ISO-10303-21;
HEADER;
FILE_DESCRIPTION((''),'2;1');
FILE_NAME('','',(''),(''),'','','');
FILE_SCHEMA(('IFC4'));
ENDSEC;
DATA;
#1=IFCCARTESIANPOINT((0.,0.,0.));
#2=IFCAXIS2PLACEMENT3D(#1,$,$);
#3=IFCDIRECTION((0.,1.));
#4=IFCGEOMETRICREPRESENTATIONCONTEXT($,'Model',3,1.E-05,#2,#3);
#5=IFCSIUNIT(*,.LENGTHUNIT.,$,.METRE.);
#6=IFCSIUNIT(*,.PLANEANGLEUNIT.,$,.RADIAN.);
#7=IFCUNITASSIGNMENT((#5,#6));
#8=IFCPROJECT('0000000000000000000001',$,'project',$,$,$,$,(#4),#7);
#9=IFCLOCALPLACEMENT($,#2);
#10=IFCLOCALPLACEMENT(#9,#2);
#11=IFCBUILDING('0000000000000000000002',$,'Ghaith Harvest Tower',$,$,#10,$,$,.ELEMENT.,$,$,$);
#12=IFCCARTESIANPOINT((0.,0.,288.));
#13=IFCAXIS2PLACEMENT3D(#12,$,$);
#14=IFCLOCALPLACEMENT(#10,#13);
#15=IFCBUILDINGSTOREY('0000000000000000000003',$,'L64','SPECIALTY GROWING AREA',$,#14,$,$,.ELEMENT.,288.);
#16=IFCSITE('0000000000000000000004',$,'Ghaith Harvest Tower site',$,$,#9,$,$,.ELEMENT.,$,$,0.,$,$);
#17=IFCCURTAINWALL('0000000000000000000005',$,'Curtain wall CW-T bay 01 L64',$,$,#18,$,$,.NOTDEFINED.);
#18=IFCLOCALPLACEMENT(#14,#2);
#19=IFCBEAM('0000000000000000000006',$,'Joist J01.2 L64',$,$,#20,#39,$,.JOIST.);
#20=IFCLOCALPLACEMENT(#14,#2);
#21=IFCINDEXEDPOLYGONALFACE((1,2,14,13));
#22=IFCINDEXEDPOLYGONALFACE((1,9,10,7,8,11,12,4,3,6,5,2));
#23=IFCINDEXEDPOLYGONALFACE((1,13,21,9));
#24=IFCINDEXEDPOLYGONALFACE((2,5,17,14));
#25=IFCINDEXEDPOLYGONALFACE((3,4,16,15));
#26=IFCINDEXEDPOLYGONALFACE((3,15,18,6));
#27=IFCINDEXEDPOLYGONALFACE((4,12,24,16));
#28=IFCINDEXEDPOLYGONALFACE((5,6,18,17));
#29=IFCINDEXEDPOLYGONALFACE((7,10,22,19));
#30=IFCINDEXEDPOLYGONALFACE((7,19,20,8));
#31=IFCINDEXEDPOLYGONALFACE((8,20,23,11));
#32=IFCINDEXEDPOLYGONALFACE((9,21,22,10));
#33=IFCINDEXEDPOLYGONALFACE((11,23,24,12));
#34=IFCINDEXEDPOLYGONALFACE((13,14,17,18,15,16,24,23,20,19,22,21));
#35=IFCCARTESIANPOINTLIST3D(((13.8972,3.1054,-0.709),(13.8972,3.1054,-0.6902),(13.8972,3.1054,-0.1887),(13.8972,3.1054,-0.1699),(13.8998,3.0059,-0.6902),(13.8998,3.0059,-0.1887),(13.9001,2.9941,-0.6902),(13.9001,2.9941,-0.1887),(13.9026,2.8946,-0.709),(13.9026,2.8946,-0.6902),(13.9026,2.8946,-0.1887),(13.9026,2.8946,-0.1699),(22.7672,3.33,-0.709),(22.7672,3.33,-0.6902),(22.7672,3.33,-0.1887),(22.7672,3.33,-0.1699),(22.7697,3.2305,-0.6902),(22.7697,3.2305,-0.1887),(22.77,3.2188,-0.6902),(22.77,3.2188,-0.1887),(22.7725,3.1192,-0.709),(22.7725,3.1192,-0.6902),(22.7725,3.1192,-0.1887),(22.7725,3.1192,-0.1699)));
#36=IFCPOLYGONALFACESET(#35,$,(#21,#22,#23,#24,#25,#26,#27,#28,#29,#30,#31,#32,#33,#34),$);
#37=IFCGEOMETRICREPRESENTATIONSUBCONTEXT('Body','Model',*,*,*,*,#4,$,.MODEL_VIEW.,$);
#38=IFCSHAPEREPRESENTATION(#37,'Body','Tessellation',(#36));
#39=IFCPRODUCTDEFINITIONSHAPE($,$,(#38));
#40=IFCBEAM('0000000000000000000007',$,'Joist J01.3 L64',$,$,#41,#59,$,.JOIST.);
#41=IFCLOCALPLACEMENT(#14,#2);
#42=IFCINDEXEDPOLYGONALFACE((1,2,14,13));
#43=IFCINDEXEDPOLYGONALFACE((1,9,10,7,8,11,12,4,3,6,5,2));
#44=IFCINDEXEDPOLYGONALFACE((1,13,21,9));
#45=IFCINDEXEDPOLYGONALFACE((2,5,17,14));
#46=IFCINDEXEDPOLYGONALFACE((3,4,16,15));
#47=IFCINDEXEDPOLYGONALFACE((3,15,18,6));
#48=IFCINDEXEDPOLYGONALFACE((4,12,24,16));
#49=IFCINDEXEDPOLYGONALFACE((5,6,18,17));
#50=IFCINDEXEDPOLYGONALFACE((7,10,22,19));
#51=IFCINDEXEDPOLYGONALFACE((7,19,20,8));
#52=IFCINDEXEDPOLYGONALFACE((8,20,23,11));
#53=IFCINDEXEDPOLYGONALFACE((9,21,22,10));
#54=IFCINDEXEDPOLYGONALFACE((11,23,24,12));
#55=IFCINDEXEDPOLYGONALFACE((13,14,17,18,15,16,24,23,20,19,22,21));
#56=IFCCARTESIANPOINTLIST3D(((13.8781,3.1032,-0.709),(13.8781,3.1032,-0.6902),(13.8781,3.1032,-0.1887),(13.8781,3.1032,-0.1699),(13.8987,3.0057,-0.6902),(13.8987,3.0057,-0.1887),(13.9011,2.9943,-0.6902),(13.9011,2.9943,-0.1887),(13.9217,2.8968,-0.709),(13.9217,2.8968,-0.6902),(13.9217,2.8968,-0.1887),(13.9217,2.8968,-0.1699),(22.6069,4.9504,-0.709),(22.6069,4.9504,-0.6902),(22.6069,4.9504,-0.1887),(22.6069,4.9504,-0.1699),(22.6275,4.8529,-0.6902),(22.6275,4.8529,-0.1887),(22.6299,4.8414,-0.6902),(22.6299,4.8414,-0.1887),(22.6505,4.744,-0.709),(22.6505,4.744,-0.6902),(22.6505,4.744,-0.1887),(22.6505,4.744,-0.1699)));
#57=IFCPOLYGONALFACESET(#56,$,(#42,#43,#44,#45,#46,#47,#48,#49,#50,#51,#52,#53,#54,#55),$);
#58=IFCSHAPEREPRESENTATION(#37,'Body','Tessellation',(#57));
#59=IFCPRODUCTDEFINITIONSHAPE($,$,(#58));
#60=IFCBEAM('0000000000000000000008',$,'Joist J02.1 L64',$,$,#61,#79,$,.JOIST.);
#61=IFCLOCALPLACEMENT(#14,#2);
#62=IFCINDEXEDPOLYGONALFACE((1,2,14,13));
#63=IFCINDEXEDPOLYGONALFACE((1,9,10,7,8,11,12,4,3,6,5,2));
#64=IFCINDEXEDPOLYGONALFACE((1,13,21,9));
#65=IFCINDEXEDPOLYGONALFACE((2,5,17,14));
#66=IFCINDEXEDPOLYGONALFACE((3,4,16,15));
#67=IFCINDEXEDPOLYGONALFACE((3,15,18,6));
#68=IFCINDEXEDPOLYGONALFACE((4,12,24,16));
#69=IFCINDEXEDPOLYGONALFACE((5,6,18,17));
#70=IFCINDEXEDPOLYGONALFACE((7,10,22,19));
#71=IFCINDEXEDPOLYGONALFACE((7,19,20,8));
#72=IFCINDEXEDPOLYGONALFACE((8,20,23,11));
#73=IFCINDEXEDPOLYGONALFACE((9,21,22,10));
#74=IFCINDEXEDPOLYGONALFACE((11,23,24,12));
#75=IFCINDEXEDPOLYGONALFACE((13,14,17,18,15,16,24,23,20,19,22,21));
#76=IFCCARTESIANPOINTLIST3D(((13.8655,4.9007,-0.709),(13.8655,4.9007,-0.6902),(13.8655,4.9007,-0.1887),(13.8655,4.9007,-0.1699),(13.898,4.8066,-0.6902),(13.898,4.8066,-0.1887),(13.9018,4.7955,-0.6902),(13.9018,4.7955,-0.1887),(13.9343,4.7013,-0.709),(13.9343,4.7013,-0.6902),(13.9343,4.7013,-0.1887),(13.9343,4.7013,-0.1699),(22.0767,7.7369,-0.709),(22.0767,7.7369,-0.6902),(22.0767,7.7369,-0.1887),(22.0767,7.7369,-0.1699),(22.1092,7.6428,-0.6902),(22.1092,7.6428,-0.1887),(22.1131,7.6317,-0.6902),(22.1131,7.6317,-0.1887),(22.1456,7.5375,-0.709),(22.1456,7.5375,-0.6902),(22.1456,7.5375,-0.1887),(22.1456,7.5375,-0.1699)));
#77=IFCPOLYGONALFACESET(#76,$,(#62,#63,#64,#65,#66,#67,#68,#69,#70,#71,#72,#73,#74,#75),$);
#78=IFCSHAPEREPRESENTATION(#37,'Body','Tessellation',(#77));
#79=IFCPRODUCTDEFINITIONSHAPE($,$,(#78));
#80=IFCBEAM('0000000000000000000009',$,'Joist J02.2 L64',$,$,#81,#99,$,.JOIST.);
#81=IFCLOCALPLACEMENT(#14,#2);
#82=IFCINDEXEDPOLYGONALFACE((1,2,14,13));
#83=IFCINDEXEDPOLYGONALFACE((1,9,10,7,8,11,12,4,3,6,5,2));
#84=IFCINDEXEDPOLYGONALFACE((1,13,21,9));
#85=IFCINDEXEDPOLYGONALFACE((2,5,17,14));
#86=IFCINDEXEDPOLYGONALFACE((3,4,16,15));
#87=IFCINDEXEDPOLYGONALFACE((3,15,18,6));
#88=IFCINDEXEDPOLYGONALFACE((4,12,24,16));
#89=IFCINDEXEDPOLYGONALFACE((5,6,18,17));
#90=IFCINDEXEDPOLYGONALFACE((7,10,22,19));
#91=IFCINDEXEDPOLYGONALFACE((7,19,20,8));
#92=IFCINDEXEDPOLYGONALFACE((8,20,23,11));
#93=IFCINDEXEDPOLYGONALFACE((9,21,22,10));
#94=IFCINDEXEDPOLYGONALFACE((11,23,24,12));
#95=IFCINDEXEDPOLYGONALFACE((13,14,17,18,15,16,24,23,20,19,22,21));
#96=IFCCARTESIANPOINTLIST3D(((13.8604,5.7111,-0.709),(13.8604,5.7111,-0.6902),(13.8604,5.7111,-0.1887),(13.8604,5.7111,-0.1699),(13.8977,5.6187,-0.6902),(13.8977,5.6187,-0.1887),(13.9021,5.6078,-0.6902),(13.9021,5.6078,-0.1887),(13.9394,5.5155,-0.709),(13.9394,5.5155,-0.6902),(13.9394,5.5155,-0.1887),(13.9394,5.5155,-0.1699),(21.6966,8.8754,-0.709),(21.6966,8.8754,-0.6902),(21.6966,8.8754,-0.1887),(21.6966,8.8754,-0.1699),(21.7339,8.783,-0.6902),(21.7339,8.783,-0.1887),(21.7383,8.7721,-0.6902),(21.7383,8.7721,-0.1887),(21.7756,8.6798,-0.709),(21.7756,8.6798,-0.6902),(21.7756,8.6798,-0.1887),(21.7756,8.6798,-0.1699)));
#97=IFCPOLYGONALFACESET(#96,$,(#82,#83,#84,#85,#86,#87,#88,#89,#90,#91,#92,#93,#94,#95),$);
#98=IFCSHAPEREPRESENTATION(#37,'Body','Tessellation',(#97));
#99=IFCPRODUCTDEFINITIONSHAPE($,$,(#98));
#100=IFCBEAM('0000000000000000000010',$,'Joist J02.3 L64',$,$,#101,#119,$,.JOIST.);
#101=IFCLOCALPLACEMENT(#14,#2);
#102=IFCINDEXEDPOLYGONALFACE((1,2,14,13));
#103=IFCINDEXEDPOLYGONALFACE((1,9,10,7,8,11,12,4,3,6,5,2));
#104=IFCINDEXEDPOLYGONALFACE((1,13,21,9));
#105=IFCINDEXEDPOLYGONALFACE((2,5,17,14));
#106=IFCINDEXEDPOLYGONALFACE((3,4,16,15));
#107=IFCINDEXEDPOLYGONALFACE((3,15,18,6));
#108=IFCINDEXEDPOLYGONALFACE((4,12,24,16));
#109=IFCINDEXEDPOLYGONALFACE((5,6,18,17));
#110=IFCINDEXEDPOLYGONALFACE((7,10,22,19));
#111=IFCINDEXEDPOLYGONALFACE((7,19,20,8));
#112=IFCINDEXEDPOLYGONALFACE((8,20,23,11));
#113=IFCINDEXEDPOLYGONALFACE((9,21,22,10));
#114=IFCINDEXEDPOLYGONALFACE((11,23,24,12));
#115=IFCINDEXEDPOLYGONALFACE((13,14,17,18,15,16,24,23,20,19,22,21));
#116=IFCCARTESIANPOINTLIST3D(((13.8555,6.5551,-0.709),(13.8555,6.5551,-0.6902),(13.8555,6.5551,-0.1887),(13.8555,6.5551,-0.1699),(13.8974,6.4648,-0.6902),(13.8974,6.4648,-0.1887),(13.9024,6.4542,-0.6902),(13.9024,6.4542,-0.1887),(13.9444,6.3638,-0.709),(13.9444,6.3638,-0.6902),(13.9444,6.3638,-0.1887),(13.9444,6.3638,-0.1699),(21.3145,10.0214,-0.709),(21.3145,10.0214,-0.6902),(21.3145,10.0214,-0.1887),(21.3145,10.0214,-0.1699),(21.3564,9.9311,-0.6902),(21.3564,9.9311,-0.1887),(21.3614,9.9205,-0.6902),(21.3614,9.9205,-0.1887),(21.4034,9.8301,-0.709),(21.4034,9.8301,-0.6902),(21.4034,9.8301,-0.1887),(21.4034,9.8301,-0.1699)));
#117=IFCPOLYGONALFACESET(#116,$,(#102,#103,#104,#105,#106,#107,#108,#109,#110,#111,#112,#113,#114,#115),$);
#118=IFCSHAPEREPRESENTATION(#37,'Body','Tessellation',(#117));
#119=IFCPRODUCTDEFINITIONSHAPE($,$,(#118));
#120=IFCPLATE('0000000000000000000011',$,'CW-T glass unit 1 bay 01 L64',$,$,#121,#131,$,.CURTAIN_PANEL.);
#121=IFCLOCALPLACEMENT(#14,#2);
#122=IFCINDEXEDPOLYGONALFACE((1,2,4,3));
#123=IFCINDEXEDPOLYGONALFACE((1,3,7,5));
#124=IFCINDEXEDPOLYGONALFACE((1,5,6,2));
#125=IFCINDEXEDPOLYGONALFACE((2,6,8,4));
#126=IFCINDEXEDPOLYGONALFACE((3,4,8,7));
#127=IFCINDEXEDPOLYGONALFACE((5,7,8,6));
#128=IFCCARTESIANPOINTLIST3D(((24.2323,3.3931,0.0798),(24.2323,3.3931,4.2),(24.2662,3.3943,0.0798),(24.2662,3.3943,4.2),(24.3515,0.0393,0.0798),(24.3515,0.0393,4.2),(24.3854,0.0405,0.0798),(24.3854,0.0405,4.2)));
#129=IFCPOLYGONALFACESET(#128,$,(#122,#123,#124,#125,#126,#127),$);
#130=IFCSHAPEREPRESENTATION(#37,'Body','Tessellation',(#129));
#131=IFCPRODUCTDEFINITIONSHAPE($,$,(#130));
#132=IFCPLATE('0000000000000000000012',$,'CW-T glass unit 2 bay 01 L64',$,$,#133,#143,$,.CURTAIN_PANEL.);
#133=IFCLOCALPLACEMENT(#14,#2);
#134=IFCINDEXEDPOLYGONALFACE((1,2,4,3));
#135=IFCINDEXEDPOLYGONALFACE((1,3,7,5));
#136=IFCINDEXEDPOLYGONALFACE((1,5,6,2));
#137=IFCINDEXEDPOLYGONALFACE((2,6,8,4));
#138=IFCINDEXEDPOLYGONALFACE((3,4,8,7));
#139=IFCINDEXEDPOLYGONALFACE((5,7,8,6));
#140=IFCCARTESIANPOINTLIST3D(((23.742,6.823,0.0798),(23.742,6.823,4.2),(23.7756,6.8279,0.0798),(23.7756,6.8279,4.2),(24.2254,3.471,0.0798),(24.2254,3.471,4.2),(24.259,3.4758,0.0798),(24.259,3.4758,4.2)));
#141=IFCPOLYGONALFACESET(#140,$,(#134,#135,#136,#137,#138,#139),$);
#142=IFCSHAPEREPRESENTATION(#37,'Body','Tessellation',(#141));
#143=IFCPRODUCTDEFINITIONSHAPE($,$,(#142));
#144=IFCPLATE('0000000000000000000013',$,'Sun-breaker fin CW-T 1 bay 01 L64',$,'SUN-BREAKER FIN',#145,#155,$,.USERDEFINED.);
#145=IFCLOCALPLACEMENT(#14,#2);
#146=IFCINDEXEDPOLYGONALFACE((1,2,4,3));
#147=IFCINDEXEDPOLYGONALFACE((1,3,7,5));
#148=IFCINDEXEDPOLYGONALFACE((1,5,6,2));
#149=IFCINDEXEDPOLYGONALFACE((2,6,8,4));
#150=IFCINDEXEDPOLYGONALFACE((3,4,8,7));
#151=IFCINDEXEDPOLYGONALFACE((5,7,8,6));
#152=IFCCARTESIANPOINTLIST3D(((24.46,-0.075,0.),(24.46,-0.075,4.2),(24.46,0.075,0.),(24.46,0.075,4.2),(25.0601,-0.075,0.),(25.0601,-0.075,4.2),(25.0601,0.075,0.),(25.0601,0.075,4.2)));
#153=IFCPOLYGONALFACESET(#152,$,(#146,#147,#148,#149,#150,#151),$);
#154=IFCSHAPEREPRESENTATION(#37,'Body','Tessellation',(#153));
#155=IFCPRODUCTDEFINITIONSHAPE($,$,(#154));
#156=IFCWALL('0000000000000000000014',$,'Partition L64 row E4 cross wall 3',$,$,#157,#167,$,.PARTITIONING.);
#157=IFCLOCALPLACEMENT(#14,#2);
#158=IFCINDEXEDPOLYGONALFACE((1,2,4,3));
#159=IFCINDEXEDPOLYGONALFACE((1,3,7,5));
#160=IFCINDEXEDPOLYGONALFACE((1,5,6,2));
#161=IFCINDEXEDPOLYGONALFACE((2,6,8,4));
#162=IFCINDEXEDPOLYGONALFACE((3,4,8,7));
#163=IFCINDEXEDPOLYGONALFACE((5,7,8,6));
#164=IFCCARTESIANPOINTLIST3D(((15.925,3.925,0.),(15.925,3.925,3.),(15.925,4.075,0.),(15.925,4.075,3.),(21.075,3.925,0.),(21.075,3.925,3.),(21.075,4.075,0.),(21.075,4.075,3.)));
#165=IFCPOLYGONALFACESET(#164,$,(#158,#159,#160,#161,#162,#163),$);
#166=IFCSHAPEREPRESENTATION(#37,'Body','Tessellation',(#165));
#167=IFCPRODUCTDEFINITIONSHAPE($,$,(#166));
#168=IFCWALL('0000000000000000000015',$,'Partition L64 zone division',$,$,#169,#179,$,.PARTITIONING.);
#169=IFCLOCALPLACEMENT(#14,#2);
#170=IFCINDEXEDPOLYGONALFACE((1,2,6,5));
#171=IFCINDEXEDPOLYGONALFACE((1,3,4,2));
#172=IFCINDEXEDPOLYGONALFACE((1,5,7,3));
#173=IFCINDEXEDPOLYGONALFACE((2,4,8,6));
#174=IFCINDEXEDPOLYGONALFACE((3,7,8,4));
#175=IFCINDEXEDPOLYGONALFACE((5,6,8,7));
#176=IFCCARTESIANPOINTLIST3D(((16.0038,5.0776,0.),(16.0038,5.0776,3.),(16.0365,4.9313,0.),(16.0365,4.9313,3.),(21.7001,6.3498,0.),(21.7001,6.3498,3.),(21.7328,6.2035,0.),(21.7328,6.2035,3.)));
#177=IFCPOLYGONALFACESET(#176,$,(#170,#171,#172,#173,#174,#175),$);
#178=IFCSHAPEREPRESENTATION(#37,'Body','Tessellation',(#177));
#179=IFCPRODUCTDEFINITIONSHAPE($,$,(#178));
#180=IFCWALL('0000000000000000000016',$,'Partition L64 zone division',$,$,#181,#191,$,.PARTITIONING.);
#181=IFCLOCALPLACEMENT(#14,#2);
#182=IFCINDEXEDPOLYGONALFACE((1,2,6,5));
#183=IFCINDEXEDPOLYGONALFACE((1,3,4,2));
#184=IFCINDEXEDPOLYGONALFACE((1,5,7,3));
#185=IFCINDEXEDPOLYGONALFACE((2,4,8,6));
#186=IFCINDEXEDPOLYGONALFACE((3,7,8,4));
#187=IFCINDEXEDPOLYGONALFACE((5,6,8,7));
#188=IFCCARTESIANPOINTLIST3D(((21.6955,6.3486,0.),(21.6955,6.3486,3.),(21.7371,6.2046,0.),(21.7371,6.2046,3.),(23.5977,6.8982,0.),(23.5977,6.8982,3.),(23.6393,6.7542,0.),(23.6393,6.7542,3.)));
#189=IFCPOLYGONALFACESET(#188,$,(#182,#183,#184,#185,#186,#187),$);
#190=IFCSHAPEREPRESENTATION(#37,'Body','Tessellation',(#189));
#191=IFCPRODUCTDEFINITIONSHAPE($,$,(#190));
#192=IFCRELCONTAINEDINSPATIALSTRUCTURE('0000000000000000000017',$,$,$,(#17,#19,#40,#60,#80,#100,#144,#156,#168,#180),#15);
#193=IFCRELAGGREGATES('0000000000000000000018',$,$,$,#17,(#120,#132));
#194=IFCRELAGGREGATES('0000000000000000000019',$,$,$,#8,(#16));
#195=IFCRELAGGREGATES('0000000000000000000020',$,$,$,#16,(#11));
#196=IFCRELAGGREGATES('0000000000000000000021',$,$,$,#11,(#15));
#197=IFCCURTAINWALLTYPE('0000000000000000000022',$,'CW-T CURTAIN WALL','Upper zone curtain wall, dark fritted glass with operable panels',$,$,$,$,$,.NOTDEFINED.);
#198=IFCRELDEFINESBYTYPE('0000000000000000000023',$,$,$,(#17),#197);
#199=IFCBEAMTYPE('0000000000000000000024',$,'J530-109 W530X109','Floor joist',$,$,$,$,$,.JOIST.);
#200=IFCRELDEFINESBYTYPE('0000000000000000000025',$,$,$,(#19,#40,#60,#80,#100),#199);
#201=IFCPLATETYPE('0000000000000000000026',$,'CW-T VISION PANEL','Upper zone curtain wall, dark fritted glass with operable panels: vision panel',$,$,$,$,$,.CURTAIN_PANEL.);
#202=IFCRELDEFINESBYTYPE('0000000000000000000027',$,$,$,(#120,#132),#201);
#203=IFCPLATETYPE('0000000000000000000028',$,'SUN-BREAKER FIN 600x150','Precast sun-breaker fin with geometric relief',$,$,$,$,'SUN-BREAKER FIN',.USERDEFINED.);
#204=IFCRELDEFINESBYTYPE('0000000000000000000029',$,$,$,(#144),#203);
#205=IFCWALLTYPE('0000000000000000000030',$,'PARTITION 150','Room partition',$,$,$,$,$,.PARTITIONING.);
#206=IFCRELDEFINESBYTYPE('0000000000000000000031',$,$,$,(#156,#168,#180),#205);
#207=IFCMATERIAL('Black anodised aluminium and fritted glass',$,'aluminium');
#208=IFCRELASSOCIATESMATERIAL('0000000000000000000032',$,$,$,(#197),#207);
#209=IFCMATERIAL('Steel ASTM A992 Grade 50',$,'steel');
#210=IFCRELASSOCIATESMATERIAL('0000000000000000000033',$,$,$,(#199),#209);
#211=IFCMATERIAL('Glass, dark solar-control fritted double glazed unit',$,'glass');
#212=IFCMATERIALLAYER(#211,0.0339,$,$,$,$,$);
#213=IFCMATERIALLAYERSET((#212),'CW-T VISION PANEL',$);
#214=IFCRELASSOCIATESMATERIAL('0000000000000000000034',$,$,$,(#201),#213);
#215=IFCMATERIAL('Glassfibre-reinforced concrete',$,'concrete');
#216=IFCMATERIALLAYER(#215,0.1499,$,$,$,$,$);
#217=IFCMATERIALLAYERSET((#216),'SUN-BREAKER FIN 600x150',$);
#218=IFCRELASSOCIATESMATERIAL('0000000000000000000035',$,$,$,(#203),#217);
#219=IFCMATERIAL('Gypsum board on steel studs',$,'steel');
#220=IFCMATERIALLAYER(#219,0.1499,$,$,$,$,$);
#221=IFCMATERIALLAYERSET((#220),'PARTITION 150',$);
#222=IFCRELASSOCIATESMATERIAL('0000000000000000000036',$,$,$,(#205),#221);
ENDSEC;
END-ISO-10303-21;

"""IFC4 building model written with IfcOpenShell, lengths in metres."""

from ifc_helpers import new_model, si_unit, direction, frame, frame_2d, origin, origin_2d, place, context, subcontext, project, spatial, rectangle, i_section, extrude, material, layer, layer_set, material_profile, profile_set, type_object, element, aggregate, save


model = new_model("IFC4")

# Units and contexts
model_context = context("Model", 3, precision=1e-05, world=origin(), true_north=direction((0.0, 1.0)))
body_context = subcontext(model_context, "Body", "Model", "MODEL_VIEW")
ifc_project = project(units=[si_unit("LENGTHUNIT", "METRE"), si_unit("PLANEANGLEUNIT", "RADIAN")], contexts=[model_context])

# Site, building, storey
site_placement = place(None, origin())
site = spatial("IfcSite", under=ifc_project, at=site_placement, Name="Ghaith Harvest Tower site", CompositionType="ELEMENT", RefElevation=0.0)
building_placement = place(site_placement, origin())
building = spatial("IfcBuilding", under=site, at=building_placement, Name="Ghaith Harvest Tower", CompositionType="ELEMENT")
storey_placement = place(building_placement, frame((0.0, 0.0, 288.0)))
storey = spatial("IfcBuildingStorey", under=building, at=storey_placement, Name="L64", Description="SPECIALTY GROWING AREA", CompositionType="ELEMENT", Elevation=288.0)

# Curtain wall
ifc_material_1 = material(Name="Black anodised aluminium and fritted glass", Category="aluminium")
curtain_wall_type = type_object("IfcCurtainWallType", Name="CW-T CURTAIN WALL", Description="Upper zone curtain wall, dark fritted glass with operable panels", PredefinedType="NOTDEFINED", material=ifc_material_1)
curtain_wall_placement = place(storey_placement, origin())
curtain_wall = element("IfcCurtainWall", 1, at=curtain_wall_placement, inside=storey, type_object=curtain_wall_type, Name="Curtain wall CW-T bay 01 L64", PredefinedType="NOTDEFINED")

# Beams
ifc_material_2 = material(Name="Steel ASTM A992 Grade 50", Category="steel")
ifc_material_profile_1 = material_profile(ifc_material_2, i_section(OverallWidth=0.2109, OverallDepth=0.5391, WebThickness=0.0117, FlangeThickness=0.0188, at=origin_2d()), Name="W530X109")
ifc_profile_set_1 = profile_set([ifc_material_profile_1], Name="Steel ASTM A992 Grade 50")
beam_type_1 = type_object("IfcBeamType", Name="J530-109 W530X109", Description="Floor joist", PredefinedType="JOIST", material=ifc_profile_set_1)
beam_1_placement = place(storey_placement, frame((13.8999, 3.0, -0.4395), z_axis=(0.99968, 0.025315, 0.0), x_axis=(-0.025315, 0.99968, 0.0)))
element("IfcBeam", 2, at=beam_1_placement, inside=storey, type_object=beam_type_1, Name="Joist J01.2 L64", PredefinedType="JOIST", context=body_context, shape_type="SweptSolid", body=[
    extrude(i_section(OverallWidth=0.2109, OverallDepth=0.5391, WebThickness=0.0117, FlangeThickness=0.0188, at=origin_2d()), origin(), (0.0, 0.0, 1.0), 8.8728),
])
beam_2_placement = place(storey_placement, frame((13.8999, 3.0, -0.4395), z_axis=(0.978334, 0.207034, 0.0), x_axis=(-0.207034, 0.978334, 0.0)))
element("IfcBeam", 3, at=beam_2_placement, inside=storey, type_object=beam_type_1, Name="Joist J01.3 L64", PredefinedType="JOIST", context=body_context, shape_type="SweptSolid", body=[
    extrude(i_section(OverallWidth=0.2109, OverallDepth=0.5391, WebThickness=0.0117, FlangeThickness=0.0188, at=origin_2d()), origin(), (0.0, 0.0, 1.0), 8.9221),
])
beam_3_placement = place(storey_placement, frame((13.8999, 4.801, -0.4395), z_axis=(0.945205, 0.326478, 0.0), x_axis=(-0.326478, 0.945205, 0.0)))
element("IfcBeam", 4, at=beam_3_placement, inside=storey, type_object=beam_type_1, Name="Joist J02.1 L64", PredefinedType="JOIST", context=body_context, shape_type="SweptSolid", body=[
    extrude(i_section(OverallWidth=0.2109, OverallDepth=0.5391, WebThickness=0.0117, FlangeThickness=0.0188, at=origin_2d()), origin(), (0.0, 0.0, 1.0), 8.6873),
])
beam_4_placement = place(storey_placement, frame((13.8999, 5.6133, -0.4395), z_axis=(0.927254, 0.374432, 0.0), x_axis=(-0.374432, 0.927254, 0.0)))
element("IfcBeam", 5, at=beam_4_placement, inside=storey, type_object=beam_type_1, Name="Joist J02.2 L64", PredefinedType="JOIST", context=body_context, shape_type="SweptSolid", body=[
    extrude(i_section(OverallWidth=0.2109, OverallDepth=0.5391, WebThickness=0.0117, FlangeThickness=0.0188, at=origin_2d()), origin(), (0.0, 0.0, 1.0), 8.4509),
])
beam_5_placement = place(storey_placement, frame((13.8999, 6.4595, -0.4395), z_axis=(0.90686, 0.421432, 0.0), x_axis=(-0.421432, 0.90686, 0.0)))
element("IfcBeam", 6, at=beam_5_placement, inside=storey, type_object=beam_type_1, Name="Joist J02.3 L64", PredefinedType="JOIST", context=body_context, shape_type="SweptSolid", body=[
    extrude(i_section(OverallWidth=0.2109, OverallDepth=0.5391, WebThickness=0.0117, FlangeThickness=0.0188, at=origin_2d()), origin(), (0.0, 0.0, 1.0), 8.2251),
])

# Plates
ifc_material_3 = material(Name="Glass, dark solar-control fritted double glazed unit", Category="glass")
ifc_layer_1 = layer(ifc_material_3, 0.0339)
ifc_layer_set_1 = layer_set([ifc_layer_1], Name="CW-T VISION PANEL")
plate_type_1 = type_object("IfcPlateType", Name="CW-T VISION PANEL", Description="Upper zone curtain wall, dark fritted glass with operable panels: vision panel", PredefinedType="CURTAIN_PANEL", material=ifc_layer_set_1)
plate_1_placement = place(storey_placement, frame((24.3088, 1.7168, 0.0798), z_axis=(0.0, 0.0, 1.0), x_axis=(-0.035536, 0.999368, 0.0)))
plate_1 = element("IfcPlate", 7, at=plate_1_placement, type_object=plate_type_1, Name="CW-T glass unit 1 bay 01 L64", PredefinedType="CURTAIN_PANEL", context=body_context, shape_type="SweptSolid", body=[
    extrude(rectangle(XDim=3.356, YDim=0.0339, at=origin_2d()), origin(), (0.0, 0.0, 1.0), 4.1201),
])
plate_2_placement = place(storey_placement, frame((24.0005, 5.1494, 0.0798), z_axis=(0.0, 0.0, 1.0), x_axis=(-0.14273, 0.989762, 0.0)))
plate_2 = element("IfcPlate", 8, at=plate_2_placement, type_object=plate_type_1, Name="CW-T glass unit 2 bay 01 L64", PredefinedType="CURTAIN_PANEL", context=body_context, shape_type="SweptSolid", body=[
    extrude(rectangle(XDim=3.3867, YDim=0.0339, at=origin_2d()), origin(), (0.0, 0.0, 1.0), 4.1201),
])
aggregate(curtain_wall, [plate_1, plate_2])
ifc_material_4 = material(Name="Glassfibre-reinforced concrete", Category="concrete")
ifc_layer_2 = layer(ifc_material_4, 0.1499)
ifc_layer_set_2 = layer_set([ifc_layer_2], Name="SUN-BREAKER FIN 600x150")
plate_type_2 = type_object("IfcPlateType", Name="SUN-BREAKER FIN 600x150", Description="Precast sun-breaker fin with geometric relief", ElementType="SUN-BREAKER FIN", PredefinedType="USERDEFINED", material=ifc_layer_set_2)
plate_3_placement = place(storey_placement, frame((24.76, 0.0, 0.0), z_axis=(0.0, 0.0, 1.0), x_axis=(1.0, 0.0, 0.0)))
element("IfcPlate", 9, at=plate_3_placement, inside=storey, type_object=plate_type_2, Name="Sun-breaker fin CW-T 1 bay 01 L64", ObjectType="SUN-BREAKER FIN", PredefinedType="USERDEFINED", context=body_context, shape_type="SweptSolid", body=[
    extrude(rectangle(XDim=0.6001, YDim=0.1499, at=origin_2d()), origin(), (0.0, 0.0, 1.0), 4.2),
])

# Walls
ifc_material_5 = material(Name="Gypsum board on steel studs", Category="steel")
ifc_layer_3 = layer(ifc_material_5, 0.1499)
ifc_layer_set_3 = layer_set([ifc_layer_3], Name="PARTITION 150")
wall_type = type_object("IfcWallType", Name="PARTITION 150", Description="Room partition", PredefinedType="PARTITIONING", material=ifc_layer_set_3)
wall_1_placement = place(storey_placement, frame((15.925, 4.0, 0.0), z_axis=(0.0, 0.0, 1.0), x_axis=(1.0, 0.0, 0.0)))
element("IfcWall", 10, at=wall_1_placement, inside=storey, type_object=wall_type, Name="Partition L64 row E4 cross wall 3", PredefinedType="PARTITIONING", context=body_context, shape_type="SweptSolid", body=[
    extrude(rectangle(XDim=5.1499, YDim=0.1499, at=frame_2d((2.575, 0.0))), origin(), (0.0, 0.0, 1.0), 3.0),
])
wall_2_placement = place(storey_placement, frame((16.02, 5.0044, 0.0), z_axis=(0.0, 0.0, 1.0), x_axis=(0.975955, 0.217971, 0.0)))
element("IfcWall", 11, at=wall_2_placement, inside=storey, type_object=wall_type, Name="Partition L64 zone division", PredefinedType="PARTITIONING", context=body_context, shape_type="SweptSolid", body=[
    extrude(rectangle(XDim=5.8367, YDim=0.1499, at=frame_2d((2.9185, 0.0))), origin(), (0.0, 0.0, 1.0), 3.0),
])
wall_3_placement = place(storey_placement, frame((21.7163, 6.2766, 0.0), z_axis=(0.0, 0.0, 1.0), x_axis=(0.960705, 0.27757, 0.0)))
element("IfcWall", 12, at=wall_3_placement, inside=storey, type_object=wall_type, Name="Partition L64 zone division", PredefinedType="PARTITIONING", context=body_context, shape_type="SweptSolid", body=[
    extrude(rectangle(XDim=1.98, YDim=0.1499, at=frame_2d((0.99, 0.0))), origin(), (0.0, 0.0, 1.0), 3.0),
])

save(model, "model.ifc")
